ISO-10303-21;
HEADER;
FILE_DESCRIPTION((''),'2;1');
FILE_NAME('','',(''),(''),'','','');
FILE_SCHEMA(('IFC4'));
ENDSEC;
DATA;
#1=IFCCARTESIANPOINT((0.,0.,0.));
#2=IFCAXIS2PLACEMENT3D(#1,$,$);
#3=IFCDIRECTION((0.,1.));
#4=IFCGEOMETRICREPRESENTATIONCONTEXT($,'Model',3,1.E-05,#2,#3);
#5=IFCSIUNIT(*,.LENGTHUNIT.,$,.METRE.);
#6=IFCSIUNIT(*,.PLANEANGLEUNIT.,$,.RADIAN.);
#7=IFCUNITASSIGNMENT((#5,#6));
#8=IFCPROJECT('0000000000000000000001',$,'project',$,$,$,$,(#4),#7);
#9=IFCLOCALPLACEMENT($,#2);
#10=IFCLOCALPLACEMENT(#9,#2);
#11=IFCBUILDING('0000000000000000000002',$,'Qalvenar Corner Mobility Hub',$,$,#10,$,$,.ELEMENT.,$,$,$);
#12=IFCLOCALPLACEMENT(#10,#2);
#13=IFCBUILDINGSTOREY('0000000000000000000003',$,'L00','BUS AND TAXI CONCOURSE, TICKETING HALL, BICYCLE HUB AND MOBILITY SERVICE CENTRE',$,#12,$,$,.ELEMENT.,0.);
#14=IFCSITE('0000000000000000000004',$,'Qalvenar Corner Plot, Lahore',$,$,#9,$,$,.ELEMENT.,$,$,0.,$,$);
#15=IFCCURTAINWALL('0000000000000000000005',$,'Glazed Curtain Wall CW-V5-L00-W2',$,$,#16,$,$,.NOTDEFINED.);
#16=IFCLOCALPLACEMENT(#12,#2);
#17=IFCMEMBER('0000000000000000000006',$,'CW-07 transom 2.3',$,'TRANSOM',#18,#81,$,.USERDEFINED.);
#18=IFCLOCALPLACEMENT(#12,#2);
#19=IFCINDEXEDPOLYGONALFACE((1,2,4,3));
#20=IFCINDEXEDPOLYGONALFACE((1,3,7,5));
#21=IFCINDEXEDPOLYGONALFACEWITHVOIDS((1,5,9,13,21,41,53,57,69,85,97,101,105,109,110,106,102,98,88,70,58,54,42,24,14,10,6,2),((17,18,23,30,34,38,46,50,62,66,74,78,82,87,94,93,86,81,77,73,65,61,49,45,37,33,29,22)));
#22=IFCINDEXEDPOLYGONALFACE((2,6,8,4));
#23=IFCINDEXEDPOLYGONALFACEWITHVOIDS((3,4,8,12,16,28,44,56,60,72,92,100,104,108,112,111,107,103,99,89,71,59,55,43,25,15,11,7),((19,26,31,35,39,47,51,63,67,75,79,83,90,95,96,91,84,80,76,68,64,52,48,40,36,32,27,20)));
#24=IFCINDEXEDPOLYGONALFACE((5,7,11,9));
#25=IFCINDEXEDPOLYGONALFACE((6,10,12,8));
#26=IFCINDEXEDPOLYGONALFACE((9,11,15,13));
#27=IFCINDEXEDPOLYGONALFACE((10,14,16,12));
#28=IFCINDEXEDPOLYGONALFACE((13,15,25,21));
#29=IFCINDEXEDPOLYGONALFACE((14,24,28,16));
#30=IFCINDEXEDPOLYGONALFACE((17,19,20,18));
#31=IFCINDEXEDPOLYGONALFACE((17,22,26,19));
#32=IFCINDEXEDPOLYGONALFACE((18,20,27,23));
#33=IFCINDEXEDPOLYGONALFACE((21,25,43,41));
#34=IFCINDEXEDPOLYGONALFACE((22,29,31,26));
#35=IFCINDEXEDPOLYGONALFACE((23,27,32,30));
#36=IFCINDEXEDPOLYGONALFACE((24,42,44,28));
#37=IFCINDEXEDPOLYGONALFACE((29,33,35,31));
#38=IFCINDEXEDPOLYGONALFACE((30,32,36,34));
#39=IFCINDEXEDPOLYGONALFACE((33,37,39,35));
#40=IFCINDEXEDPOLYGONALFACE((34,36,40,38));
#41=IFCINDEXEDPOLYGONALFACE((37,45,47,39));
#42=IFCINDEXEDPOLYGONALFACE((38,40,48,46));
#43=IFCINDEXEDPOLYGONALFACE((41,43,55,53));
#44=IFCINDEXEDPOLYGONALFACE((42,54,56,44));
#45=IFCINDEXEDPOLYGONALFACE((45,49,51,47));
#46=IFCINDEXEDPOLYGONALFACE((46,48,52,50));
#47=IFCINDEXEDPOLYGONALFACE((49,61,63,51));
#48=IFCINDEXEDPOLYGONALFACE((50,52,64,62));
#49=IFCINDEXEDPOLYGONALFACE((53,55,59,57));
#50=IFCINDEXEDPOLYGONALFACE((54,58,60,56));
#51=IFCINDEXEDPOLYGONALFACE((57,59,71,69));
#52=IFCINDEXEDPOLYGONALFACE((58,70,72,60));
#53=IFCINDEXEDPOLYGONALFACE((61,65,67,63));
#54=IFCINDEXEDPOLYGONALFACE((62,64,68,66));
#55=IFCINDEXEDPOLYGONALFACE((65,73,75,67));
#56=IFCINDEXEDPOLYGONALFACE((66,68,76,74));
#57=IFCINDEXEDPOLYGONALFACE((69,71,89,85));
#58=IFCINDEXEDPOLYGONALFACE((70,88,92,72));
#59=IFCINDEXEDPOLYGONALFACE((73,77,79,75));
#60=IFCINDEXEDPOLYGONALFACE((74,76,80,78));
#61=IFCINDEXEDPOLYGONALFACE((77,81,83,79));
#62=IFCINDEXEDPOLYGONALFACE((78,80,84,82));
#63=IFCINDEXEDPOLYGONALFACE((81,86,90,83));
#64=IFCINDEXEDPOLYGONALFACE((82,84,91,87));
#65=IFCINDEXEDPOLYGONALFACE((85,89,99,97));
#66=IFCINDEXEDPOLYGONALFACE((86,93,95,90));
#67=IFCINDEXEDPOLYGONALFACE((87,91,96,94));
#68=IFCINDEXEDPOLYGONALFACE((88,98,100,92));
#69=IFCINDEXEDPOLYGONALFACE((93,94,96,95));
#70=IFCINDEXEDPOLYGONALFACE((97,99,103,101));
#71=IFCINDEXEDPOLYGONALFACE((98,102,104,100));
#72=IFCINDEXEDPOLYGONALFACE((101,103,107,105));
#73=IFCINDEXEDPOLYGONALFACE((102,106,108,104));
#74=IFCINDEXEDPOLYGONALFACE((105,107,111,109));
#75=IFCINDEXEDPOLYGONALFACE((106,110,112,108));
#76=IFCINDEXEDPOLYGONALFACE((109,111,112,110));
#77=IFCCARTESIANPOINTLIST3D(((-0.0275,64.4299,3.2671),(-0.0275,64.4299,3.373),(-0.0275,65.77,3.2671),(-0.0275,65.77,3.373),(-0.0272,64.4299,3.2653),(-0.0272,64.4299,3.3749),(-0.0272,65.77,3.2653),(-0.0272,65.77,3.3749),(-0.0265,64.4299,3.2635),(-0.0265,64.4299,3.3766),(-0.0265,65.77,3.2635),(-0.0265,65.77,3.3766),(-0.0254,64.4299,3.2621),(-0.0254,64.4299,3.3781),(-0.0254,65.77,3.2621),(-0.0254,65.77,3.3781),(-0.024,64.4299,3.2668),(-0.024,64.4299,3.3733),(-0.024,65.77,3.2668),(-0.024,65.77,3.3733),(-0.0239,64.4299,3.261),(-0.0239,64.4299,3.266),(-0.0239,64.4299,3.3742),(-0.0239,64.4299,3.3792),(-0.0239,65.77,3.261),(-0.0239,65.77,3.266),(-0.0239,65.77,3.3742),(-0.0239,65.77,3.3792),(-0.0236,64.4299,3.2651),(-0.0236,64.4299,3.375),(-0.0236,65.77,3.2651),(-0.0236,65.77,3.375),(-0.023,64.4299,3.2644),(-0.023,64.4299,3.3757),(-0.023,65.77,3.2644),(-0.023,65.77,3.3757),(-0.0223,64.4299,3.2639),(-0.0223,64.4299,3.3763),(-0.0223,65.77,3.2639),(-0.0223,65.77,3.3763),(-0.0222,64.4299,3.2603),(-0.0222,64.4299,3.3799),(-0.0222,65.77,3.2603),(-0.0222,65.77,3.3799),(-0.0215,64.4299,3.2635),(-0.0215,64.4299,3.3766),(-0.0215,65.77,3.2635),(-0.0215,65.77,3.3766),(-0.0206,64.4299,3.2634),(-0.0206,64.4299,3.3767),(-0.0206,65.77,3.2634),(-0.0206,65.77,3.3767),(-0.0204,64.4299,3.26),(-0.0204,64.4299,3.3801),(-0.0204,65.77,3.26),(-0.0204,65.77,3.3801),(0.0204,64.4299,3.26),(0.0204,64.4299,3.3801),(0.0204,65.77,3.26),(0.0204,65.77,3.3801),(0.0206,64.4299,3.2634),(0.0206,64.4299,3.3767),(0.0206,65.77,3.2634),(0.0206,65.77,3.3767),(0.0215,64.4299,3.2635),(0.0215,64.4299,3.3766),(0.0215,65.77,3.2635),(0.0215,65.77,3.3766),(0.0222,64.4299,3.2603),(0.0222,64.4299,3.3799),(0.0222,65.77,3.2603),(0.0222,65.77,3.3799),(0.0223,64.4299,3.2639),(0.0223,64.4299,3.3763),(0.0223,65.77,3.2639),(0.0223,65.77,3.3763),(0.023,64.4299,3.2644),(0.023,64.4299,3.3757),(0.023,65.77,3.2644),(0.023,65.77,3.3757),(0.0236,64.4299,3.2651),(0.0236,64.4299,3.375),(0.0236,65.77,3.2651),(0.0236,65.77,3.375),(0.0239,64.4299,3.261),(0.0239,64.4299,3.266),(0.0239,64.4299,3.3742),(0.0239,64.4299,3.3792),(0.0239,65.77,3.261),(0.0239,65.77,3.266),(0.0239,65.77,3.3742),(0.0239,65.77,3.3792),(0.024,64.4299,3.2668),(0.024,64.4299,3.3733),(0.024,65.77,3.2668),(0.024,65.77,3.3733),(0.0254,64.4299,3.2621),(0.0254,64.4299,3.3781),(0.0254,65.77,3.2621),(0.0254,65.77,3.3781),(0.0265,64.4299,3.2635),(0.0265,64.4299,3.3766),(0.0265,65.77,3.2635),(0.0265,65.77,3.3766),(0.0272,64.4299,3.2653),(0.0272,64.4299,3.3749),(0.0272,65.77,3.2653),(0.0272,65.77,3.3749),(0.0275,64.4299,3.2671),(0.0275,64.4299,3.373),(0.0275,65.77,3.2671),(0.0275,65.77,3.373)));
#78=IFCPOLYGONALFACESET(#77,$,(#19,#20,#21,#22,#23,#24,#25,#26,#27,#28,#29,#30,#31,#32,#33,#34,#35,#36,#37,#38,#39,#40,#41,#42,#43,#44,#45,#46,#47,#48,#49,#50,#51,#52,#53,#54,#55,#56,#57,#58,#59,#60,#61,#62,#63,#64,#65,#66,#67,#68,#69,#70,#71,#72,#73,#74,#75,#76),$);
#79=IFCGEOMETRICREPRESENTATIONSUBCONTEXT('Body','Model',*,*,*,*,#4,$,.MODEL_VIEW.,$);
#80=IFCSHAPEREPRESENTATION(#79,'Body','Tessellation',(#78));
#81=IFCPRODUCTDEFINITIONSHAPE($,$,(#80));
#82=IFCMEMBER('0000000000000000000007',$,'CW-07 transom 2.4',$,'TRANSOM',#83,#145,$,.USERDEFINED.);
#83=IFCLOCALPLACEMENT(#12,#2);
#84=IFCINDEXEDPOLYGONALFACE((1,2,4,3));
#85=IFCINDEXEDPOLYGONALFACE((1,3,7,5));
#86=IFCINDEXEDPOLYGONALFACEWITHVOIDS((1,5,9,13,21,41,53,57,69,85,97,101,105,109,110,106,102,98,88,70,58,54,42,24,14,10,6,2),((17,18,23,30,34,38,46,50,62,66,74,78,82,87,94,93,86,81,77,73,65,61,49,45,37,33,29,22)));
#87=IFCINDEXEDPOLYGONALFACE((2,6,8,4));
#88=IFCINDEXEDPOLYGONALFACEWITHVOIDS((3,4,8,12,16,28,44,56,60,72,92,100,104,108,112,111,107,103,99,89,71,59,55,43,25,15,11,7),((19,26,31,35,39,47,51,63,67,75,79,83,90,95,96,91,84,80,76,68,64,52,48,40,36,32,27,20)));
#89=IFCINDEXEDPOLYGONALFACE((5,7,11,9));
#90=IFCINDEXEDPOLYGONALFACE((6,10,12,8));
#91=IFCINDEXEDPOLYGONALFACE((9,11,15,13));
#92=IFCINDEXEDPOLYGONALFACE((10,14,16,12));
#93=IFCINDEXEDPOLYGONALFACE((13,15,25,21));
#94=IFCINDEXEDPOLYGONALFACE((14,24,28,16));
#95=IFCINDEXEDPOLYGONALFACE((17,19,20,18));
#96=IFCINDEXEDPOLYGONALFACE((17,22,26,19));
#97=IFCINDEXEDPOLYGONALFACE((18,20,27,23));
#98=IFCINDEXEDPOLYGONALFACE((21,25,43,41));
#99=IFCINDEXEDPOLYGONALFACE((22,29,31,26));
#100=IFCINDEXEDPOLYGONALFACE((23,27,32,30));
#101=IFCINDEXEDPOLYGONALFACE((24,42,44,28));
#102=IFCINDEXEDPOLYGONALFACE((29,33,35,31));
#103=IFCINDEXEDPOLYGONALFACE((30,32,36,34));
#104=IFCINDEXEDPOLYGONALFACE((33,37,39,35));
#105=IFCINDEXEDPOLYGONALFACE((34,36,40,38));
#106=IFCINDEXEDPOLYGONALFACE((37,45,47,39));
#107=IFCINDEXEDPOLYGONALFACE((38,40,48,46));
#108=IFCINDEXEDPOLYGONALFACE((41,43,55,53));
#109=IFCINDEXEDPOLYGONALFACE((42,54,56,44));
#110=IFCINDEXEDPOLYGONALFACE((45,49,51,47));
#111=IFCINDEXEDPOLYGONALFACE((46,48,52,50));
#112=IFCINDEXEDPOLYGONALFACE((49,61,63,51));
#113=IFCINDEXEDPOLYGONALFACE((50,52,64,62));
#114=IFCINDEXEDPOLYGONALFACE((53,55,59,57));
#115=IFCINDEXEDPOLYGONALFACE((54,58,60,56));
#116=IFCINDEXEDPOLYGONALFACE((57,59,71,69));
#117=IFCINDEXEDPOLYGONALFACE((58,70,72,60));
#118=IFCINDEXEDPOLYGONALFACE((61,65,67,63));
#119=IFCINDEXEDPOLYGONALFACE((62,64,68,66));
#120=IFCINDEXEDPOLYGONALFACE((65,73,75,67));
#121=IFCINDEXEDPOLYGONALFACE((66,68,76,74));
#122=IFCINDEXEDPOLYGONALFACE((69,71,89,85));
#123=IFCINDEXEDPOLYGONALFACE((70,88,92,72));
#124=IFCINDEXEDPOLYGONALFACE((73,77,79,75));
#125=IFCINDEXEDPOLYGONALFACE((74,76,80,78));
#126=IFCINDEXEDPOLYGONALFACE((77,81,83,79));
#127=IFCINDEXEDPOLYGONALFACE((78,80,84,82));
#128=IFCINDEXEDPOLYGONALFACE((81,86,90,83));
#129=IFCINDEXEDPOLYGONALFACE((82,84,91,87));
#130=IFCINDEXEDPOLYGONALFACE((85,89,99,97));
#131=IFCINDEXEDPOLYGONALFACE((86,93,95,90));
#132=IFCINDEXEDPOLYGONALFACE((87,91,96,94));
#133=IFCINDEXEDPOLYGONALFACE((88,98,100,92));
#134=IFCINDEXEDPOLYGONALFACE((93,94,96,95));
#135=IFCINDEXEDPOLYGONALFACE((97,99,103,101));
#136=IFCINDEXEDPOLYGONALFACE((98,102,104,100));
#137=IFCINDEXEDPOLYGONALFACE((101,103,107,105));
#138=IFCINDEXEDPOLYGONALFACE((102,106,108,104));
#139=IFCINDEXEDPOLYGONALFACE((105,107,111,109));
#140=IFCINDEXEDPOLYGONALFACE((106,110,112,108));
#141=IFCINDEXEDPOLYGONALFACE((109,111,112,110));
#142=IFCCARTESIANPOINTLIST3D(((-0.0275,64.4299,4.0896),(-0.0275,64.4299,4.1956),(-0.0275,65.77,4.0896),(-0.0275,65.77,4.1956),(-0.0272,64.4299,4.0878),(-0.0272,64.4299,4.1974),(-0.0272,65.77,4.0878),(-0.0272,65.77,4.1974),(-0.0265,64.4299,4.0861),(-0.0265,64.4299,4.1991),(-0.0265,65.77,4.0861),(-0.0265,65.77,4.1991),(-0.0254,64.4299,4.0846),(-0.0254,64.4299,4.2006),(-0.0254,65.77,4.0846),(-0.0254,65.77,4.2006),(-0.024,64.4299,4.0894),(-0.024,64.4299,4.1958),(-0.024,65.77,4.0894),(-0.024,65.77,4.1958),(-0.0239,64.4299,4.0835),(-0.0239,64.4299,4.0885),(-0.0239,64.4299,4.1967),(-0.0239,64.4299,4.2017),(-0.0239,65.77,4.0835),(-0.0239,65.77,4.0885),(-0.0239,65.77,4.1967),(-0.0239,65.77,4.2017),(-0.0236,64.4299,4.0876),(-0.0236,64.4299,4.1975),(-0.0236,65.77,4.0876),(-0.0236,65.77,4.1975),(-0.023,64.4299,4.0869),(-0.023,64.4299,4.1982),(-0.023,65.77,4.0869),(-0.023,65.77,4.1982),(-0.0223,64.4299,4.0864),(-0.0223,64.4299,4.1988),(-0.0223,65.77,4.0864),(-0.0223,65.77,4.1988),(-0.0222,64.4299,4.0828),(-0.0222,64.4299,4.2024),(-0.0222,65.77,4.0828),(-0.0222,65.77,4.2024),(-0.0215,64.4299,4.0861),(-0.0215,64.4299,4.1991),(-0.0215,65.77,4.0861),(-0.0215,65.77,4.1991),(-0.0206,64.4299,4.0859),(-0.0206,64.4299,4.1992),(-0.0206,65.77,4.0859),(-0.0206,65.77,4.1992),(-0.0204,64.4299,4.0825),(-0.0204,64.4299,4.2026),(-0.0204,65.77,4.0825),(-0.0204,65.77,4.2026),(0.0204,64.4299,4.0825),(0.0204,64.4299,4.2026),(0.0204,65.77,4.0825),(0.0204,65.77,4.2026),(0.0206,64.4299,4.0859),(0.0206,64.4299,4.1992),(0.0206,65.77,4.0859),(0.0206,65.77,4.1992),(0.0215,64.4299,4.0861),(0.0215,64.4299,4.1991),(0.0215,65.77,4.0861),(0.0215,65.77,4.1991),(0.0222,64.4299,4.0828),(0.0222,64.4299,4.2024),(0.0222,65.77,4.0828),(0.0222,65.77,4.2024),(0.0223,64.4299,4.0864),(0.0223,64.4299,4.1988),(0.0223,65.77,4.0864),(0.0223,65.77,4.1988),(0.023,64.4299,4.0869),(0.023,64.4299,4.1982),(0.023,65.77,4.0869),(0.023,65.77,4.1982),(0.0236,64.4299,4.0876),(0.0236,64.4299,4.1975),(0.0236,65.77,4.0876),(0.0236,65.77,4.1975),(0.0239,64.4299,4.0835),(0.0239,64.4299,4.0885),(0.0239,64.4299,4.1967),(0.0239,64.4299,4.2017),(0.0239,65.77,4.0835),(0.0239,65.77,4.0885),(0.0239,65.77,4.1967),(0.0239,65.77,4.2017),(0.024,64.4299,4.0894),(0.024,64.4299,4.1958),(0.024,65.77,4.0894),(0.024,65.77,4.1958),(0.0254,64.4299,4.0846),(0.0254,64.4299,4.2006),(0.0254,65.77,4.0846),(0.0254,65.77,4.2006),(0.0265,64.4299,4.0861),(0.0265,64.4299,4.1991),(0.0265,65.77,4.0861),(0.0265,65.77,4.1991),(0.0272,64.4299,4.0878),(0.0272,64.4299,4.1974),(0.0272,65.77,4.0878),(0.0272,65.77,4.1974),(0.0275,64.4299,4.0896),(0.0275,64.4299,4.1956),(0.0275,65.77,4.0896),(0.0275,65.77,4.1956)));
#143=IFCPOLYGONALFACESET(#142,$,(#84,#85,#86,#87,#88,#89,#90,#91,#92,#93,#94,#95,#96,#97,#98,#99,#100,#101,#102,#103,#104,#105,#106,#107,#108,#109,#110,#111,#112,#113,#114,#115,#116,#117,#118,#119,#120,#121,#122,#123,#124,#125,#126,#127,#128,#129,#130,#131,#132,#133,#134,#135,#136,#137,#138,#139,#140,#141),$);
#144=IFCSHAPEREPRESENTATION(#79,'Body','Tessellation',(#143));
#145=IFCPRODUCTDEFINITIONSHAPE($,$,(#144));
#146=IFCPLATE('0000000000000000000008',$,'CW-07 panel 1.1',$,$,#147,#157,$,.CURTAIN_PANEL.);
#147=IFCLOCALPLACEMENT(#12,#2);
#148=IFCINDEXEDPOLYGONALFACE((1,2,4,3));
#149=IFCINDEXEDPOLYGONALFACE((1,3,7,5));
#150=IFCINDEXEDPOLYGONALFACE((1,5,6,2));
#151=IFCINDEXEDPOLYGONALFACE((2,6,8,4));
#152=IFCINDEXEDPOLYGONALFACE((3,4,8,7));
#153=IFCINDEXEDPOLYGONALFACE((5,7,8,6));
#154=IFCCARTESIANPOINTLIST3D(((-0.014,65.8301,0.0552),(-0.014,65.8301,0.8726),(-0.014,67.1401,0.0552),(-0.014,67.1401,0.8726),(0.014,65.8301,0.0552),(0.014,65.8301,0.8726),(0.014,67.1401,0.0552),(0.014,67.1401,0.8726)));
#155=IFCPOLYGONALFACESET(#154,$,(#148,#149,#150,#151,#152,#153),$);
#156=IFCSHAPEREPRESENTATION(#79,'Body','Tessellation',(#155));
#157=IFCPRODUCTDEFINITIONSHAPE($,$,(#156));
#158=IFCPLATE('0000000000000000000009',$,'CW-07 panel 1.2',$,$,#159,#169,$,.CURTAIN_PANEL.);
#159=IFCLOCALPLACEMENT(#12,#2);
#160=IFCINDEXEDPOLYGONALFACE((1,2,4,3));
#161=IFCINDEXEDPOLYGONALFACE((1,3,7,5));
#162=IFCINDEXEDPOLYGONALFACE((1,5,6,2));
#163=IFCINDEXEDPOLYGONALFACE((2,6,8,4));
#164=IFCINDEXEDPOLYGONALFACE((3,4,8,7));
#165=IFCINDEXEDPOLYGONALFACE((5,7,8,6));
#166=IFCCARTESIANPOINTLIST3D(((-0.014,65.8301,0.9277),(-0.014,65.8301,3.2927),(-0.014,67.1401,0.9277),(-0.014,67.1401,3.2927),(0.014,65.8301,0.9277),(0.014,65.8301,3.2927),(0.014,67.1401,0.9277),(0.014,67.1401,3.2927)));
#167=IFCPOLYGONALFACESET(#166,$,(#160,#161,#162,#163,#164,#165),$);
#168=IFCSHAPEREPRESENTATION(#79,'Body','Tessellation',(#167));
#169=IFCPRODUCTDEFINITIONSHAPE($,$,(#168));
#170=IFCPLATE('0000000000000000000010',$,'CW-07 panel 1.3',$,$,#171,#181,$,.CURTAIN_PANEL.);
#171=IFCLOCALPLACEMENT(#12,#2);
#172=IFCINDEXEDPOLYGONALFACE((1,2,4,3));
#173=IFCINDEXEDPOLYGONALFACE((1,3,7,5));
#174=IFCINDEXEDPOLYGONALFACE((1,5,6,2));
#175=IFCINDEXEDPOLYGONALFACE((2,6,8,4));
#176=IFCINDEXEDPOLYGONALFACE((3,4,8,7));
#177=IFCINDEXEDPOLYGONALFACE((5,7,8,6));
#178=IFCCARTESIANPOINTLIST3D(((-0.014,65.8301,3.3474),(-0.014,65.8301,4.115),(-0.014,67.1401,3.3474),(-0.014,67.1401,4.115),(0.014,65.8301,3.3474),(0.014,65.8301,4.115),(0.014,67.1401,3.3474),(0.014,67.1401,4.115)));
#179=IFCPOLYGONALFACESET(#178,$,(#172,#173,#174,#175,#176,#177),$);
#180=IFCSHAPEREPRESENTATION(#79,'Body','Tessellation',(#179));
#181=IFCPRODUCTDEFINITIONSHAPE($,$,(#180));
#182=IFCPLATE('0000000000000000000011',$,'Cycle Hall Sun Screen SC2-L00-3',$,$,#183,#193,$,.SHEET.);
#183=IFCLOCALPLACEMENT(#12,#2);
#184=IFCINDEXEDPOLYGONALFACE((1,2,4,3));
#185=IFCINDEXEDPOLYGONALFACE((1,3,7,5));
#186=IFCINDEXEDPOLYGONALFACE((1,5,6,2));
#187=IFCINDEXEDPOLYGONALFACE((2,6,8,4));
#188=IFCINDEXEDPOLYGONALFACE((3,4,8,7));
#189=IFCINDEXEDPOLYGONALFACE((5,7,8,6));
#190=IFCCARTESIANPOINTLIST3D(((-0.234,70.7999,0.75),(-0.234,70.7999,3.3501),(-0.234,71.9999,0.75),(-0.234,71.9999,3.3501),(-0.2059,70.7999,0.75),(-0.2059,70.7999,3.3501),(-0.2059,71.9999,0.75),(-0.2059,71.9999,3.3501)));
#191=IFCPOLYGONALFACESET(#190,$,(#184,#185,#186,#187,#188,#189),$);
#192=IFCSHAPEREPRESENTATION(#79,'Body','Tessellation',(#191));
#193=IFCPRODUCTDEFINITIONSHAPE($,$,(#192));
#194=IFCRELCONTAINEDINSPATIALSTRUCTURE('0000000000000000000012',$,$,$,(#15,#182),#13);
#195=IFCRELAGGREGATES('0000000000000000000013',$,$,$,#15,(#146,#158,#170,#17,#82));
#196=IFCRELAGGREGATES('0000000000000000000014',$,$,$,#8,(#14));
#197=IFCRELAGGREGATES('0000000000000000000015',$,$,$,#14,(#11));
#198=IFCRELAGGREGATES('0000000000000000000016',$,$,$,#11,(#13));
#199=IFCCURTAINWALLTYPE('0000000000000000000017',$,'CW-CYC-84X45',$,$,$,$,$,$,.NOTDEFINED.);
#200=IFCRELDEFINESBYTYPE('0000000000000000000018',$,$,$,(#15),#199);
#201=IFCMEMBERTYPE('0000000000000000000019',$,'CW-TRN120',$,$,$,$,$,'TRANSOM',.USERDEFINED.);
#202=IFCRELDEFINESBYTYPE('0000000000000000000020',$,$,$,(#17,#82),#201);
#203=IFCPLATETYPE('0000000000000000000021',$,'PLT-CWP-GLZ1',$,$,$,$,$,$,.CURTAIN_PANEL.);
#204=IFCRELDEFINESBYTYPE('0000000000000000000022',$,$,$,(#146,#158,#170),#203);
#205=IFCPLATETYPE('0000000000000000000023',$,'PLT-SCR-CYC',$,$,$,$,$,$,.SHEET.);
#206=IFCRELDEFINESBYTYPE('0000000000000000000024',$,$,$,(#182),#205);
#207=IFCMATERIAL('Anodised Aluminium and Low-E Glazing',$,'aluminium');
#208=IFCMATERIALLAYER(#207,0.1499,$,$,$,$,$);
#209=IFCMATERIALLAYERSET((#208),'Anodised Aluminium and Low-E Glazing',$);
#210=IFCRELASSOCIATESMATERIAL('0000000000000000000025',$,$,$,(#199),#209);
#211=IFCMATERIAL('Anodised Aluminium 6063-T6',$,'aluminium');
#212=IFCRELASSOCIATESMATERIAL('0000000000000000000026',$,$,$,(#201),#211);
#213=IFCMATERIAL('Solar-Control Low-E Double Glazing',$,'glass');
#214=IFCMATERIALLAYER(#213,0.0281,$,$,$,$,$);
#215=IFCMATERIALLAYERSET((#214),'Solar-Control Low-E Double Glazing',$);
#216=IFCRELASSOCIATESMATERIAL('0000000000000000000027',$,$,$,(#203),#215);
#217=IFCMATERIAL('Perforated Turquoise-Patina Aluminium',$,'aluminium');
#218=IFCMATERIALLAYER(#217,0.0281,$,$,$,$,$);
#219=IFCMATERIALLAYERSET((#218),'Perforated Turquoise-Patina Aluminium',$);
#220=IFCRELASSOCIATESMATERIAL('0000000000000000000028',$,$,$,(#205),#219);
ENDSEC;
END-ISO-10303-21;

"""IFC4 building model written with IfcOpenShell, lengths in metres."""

from ifc_helpers import new_model, si_unit, direction, frame, origin, origin_2d, place, context, subcontext, project, spatial, rectangle, hollow_rectangle, extrude, material, layer, layer_set, material_profile, profile_set, type_object, element, aggregate, save


model = new_model("IFC4")

# Units and contexts
model_context = context("Model", 3, precision=1e-05, world=origin(), true_north=direction((0.0, 1.0)))
body_context = subcontext(model_context, "Body", "Model", "MODEL_VIEW")
ifc_project = project(units=[si_unit("LENGTHUNIT", "METRE"), si_unit("PLANEANGLEUNIT", "RADIAN")], contexts=[model_context])

# Site, building, storey
site_placement = place(None, origin())
site = spatial("IfcSite", under=ifc_project, at=site_placement, Name="Qalvenar Corner Plot, Lahore", CompositionType="ELEMENT", RefElevation=0.0)
building_placement = place(site_placement, origin())
building = spatial("IfcBuilding", under=site, at=building_placement, Name="Qalvenar Corner Mobility Hub", CompositionType="ELEMENT")
storey_placement = place(building_placement, origin())
storey = spatial("IfcBuildingStorey", under=building, at=storey_placement, Name="L00", Description="BUS AND TAXI CONCOURSE, TICKETING HALL, BICYCLE HUB AND MOBILITY SERVICE CENTRE", CompositionType="ELEMENT", Elevation=0.0)

# Curtain wall, members, plates
ifc_material_1 = material(Name="Anodised Aluminium and Low-E Glazing", Category="aluminium")
ifc_layer_1 = layer(ifc_material_1, 0.1499)
ifc_layer_set_1 = layer_set([ifc_layer_1], Name="Anodised Aluminium and Low-E Glazing")
curtain_wall_type = type_object("IfcCurtainWallType", Name="CW-CYC-84X45", PredefinedType="NOTDEFINED", material=ifc_layer_set_1)
curtain_wall_placement = place(storey_placement, origin())
curtain_wall = element("IfcCurtainWall", 1, at=curtain_wall_placement, inside=storey, type_object=curtain_wall_type, Name="Glazed Curtain Wall CW-V5-L00-W2", PredefinedType="NOTDEFINED")
ifc_material_2 = material(Name="Anodised Aluminium 6063-T6", Category="aluminium")
ifc_material_profile_1 = material_profile(ifc_material_2, hollow_rectangle(XDim=0.0549, YDim=0.1201, WallThickness=0.0034, InnerFilletRadius=0.0034, OuterFilletRadius=0.0071, at=origin_2d()), Name="RHS120x55x3.5")
ifc_profile_set_1 = profile_set([ifc_material_profile_1], Name="Anodised Aluminium 6063-T6")
member_type_1 = type_object("IfcMemberType", Name="CW-TRN120", ElementType="TRANSOM", PredefinedType="USERDEFINED", material=ifc_profile_set_1)
member_1_placement = place(storey_placement, frame((0.0, 65.77, 3.3201), z_axis=(0.0, -1.0, 0.0), x_axis=(1.0, 0.0, 0.0)))
member_1 = element("IfcMember", 2, at=member_1_placement, type_object=member_type_1, Name="CW-07 transom 2.3", ObjectType="TRANSOM", PredefinedType="USERDEFINED", context=body_context, shape_type="SweptSolid", body=[
    extrude(hollow_rectangle(XDim=0.0549, YDim=0.1201, WallThickness=0.0034, InnerFilletRadius=0.0034, OuterFilletRadius=0.0071, at=origin_2d()), origin(), (0.0, 0.0, 1.0), 1.3401),
])
member_2_placement = place(storey_placement, frame((0.0, 65.77, 4.1426), z_axis=(0.0, -1.0, 0.0), x_axis=(1.0, 0.0, 0.0)))
member_2 = element("IfcMember", 3, at=member_2_placement, type_object=member_type_1, Name="CW-07 transom 2.4", ObjectType="TRANSOM", PredefinedType="USERDEFINED", context=body_context, shape_type="SweptSolid", body=[
    extrude(hollow_rectangle(XDim=0.0549, YDim=0.1201, WallThickness=0.0034, InnerFilletRadius=0.0034, OuterFilletRadius=0.0071, at=origin_2d()), origin(), (0.0, 0.0, 1.0), 1.3401),
])
ifc_material_3 = material(Name="Solar-Control Low-E Double Glazing", Category="glass")
ifc_layer_2 = layer(ifc_material_3, 0.0281)
ifc_layer_set_2 = layer_set([ifc_layer_2], Name="Solar-Control Low-E Double Glazing")
plate_type_1 = type_object("IfcPlateType", Name="PLT-CWP-GLZ1", PredefinedType="CURTAIN_PANEL", material=ifc_layer_set_2)
plate_1_placement = place(storey_placement, frame((0.0, 66.4851, 0.0552), z_axis=(0.0, 0.0, 1.0), x_axis=(0.0, -1.0, 0.0)))
plate_1 = element("IfcPlate", 4, at=plate_1_placement, type_object=plate_type_1, Name="CW-07 panel 1.1", PredefinedType="CURTAIN_PANEL", context=body_context, shape_type="SweptSolid", body=[
    extrude(rectangle(XDim=1.3101, YDim=0.0281, at=origin_2d()), origin(), (0.0, 0.0, 1.0), 0.8174),
])
plate_2_placement = place(storey_placement, frame((0.0, 66.4851, 0.9277), z_axis=(0.0, 0.0, 1.0), x_axis=(0.0, -1.0, 0.0)))
plate_2 = element("IfcPlate", 5, at=plate_2_placement, type_object=plate_type_1, Name="CW-07 panel 1.2", PredefinedType="CURTAIN_PANEL", context=body_context, shape_type="SweptSolid", body=[
    extrude(rectangle(XDim=1.3101, YDim=0.0281, at=origin_2d()), origin(), (0.0, 0.0, 1.0), 2.365),
])
plate_3_placement = place(storey_placement, frame((0.0, 66.4851, 3.3474), z_axis=(0.0, 0.0, 1.0), x_axis=(0.0, -1.0, 0.0)))
plate_3 = element("IfcPlate", 6, at=plate_3_placement, type_object=plate_type_1, Name="CW-07 panel 1.3", PredefinedType="CURTAIN_PANEL", context=body_context, shape_type="SweptSolid", body=[
    extrude(rectangle(XDim=1.3101, YDim=0.0281, at=origin_2d()), origin(), (0.0, 0.0, 1.0), 0.7676),
])
aggregate(curtain_wall, [plate_1, plate_2, plate_3, member_1, member_2])

# Plate
ifc_material_4 = material(Name="Perforated Turquoise-Patina Aluminium", Category="aluminium")
ifc_layer_3 = layer(ifc_material_4, 0.0281)
ifc_layer_set_3 = layer_set([ifc_layer_3], Name="Perforated Turquoise-Patina Aluminium")
plate_type_2 = type_object("IfcPlateType", Name="PLT-SCR-CYC", PredefinedType="SHEET", material=ifc_layer_set_3)
plate_4_placement = place(storey_placement, frame((-0.22, 71.3999, 0.75), z_axis=(0.0, 0.0, 1.0), x_axis=(0.0, 1.0, 0.0)))
element("IfcPlate", 7, at=plate_4_placement, inside=storey, type_object=plate_type_2, Name="Cycle Hall Sun Screen SC2-L00-3", PredefinedType="SHEET", context=body_context, shape_type="SweptSolid", body=[
    extrude(rectangle(XDim=1.2, YDim=0.0281, at=origin_2d()), origin(), (0.0, 0.0, 1.0), 2.6001),
])

save(model, "model.ifc")
